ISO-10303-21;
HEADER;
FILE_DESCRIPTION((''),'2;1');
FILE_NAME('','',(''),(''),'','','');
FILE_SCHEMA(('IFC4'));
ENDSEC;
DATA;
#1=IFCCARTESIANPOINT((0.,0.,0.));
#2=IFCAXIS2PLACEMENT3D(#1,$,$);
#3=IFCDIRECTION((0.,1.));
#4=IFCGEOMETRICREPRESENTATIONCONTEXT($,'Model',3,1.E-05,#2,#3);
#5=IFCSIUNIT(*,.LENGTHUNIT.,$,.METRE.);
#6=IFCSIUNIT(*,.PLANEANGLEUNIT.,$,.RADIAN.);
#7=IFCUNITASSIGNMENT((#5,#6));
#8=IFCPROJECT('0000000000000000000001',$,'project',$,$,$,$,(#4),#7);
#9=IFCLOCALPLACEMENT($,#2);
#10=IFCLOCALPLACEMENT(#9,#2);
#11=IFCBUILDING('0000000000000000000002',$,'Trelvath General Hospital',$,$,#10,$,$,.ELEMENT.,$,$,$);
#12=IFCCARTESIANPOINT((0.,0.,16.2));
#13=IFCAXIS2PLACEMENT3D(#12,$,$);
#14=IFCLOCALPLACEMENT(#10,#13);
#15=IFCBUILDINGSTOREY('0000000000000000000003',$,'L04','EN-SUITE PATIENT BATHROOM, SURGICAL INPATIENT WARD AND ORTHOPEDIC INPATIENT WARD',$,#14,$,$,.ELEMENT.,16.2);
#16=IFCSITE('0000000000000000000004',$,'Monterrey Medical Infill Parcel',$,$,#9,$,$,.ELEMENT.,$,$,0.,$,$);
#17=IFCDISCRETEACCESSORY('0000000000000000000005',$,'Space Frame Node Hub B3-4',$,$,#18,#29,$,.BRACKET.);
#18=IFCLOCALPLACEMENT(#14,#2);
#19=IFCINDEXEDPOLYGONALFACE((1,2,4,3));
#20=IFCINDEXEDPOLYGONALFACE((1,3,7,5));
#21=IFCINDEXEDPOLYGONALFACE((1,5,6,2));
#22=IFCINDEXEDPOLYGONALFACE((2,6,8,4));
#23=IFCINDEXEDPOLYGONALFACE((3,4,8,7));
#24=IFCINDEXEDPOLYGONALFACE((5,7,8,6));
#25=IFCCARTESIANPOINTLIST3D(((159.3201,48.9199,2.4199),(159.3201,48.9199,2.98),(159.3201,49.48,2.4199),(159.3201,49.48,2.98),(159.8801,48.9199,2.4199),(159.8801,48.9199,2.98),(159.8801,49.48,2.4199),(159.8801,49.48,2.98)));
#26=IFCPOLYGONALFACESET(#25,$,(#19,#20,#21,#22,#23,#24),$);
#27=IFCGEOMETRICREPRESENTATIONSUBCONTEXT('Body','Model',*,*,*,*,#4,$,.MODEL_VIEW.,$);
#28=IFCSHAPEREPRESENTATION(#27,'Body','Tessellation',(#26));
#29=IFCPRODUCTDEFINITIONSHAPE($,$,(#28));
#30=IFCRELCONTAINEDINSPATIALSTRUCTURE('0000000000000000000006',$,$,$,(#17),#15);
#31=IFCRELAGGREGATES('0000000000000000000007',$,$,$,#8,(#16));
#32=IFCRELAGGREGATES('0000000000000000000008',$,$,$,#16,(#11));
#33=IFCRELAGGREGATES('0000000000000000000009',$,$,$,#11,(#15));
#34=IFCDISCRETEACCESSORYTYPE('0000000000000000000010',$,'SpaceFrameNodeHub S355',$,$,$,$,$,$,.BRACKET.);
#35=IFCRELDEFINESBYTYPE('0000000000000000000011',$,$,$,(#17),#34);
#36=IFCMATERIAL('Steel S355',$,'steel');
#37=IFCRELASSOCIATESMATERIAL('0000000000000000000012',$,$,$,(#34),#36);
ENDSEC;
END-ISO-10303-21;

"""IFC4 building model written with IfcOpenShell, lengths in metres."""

from ifc_helpers import new_model, si_unit, direction, frame, origin, origin_2d, place, context, subcontext, project, spatial, rectangle, extrude, material, type_object, element, save


model = new_model("IFC4")

# Units and contexts
model_context = context("Model", 3, precision=1e-05, world=origin(), true_north=direction((0.0, 1.0)))
body_context = subcontext(model_context, "Body", "Model", "MODEL_VIEW")
ifc_project = project(units=[si_unit("LENGTHUNIT", "METRE"), si_unit("PLANEANGLEUNIT", "RADIAN")], contexts=[model_context])

# Site, building, storey
site_placement = place(None, origin())
site = spatial("IfcSite", under=ifc_project, at=site_placement, Name="Monterrey Medical Infill Parcel", CompositionType="ELEMENT", RefElevation=0.0)
building_placement = place(site_placement, origin())
building = spatial("IfcBuilding", under=site, at=building_placement, Name="Trelvath General Hospital", CompositionType="ELEMENT")
storey_placement = place(building_placement, frame((0.0, 0.0, 16.2)))
storey = spatial("IfcBuildingStorey", under=building, at=storey_placement, Name="L04", Description="EN-SUITE PATIENT BATHROOM, SURGICAL INPATIENT WARD AND ORTHOPEDIC INPATIENT WARD", CompositionType="ELEMENT", Elevation=16.2)

# Discrete accessory
ifc_material_1 = material(Name="Steel S355", Category="steel")
discrete_accessory_type = type_object("IfcDiscreteAccessoryType", Name="SpaceFrameNodeHub S355", PredefinedType="BRACKET", material=ifc_material_1)
for number, where, z_axis, x_axis, name in (
    (1, (159.6001, 49.2, 2.4199), (0.0, 0.0, 1.0), (1.0, 0.0, 0.0), "Space Frame Node Hub B3-4"),
):
    element("IfcDiscreteAccessory", number, at=place(storey_placement, frame(where, z_axis=z_axis, x_axis=x_axis)), inside=storey, type_object=discrete_accessory_type, Name=name, PredefinedType="BRACKET", context=body_context, shape_type="SweptSolid", body=[
        extrude(rectangle(XDim=0.5601, YDim=0.5601, at=origin_2d()), origin(), (0.0, 0.0, 1.0), 0.5601),
    ])

save(model, "model.ifc")
